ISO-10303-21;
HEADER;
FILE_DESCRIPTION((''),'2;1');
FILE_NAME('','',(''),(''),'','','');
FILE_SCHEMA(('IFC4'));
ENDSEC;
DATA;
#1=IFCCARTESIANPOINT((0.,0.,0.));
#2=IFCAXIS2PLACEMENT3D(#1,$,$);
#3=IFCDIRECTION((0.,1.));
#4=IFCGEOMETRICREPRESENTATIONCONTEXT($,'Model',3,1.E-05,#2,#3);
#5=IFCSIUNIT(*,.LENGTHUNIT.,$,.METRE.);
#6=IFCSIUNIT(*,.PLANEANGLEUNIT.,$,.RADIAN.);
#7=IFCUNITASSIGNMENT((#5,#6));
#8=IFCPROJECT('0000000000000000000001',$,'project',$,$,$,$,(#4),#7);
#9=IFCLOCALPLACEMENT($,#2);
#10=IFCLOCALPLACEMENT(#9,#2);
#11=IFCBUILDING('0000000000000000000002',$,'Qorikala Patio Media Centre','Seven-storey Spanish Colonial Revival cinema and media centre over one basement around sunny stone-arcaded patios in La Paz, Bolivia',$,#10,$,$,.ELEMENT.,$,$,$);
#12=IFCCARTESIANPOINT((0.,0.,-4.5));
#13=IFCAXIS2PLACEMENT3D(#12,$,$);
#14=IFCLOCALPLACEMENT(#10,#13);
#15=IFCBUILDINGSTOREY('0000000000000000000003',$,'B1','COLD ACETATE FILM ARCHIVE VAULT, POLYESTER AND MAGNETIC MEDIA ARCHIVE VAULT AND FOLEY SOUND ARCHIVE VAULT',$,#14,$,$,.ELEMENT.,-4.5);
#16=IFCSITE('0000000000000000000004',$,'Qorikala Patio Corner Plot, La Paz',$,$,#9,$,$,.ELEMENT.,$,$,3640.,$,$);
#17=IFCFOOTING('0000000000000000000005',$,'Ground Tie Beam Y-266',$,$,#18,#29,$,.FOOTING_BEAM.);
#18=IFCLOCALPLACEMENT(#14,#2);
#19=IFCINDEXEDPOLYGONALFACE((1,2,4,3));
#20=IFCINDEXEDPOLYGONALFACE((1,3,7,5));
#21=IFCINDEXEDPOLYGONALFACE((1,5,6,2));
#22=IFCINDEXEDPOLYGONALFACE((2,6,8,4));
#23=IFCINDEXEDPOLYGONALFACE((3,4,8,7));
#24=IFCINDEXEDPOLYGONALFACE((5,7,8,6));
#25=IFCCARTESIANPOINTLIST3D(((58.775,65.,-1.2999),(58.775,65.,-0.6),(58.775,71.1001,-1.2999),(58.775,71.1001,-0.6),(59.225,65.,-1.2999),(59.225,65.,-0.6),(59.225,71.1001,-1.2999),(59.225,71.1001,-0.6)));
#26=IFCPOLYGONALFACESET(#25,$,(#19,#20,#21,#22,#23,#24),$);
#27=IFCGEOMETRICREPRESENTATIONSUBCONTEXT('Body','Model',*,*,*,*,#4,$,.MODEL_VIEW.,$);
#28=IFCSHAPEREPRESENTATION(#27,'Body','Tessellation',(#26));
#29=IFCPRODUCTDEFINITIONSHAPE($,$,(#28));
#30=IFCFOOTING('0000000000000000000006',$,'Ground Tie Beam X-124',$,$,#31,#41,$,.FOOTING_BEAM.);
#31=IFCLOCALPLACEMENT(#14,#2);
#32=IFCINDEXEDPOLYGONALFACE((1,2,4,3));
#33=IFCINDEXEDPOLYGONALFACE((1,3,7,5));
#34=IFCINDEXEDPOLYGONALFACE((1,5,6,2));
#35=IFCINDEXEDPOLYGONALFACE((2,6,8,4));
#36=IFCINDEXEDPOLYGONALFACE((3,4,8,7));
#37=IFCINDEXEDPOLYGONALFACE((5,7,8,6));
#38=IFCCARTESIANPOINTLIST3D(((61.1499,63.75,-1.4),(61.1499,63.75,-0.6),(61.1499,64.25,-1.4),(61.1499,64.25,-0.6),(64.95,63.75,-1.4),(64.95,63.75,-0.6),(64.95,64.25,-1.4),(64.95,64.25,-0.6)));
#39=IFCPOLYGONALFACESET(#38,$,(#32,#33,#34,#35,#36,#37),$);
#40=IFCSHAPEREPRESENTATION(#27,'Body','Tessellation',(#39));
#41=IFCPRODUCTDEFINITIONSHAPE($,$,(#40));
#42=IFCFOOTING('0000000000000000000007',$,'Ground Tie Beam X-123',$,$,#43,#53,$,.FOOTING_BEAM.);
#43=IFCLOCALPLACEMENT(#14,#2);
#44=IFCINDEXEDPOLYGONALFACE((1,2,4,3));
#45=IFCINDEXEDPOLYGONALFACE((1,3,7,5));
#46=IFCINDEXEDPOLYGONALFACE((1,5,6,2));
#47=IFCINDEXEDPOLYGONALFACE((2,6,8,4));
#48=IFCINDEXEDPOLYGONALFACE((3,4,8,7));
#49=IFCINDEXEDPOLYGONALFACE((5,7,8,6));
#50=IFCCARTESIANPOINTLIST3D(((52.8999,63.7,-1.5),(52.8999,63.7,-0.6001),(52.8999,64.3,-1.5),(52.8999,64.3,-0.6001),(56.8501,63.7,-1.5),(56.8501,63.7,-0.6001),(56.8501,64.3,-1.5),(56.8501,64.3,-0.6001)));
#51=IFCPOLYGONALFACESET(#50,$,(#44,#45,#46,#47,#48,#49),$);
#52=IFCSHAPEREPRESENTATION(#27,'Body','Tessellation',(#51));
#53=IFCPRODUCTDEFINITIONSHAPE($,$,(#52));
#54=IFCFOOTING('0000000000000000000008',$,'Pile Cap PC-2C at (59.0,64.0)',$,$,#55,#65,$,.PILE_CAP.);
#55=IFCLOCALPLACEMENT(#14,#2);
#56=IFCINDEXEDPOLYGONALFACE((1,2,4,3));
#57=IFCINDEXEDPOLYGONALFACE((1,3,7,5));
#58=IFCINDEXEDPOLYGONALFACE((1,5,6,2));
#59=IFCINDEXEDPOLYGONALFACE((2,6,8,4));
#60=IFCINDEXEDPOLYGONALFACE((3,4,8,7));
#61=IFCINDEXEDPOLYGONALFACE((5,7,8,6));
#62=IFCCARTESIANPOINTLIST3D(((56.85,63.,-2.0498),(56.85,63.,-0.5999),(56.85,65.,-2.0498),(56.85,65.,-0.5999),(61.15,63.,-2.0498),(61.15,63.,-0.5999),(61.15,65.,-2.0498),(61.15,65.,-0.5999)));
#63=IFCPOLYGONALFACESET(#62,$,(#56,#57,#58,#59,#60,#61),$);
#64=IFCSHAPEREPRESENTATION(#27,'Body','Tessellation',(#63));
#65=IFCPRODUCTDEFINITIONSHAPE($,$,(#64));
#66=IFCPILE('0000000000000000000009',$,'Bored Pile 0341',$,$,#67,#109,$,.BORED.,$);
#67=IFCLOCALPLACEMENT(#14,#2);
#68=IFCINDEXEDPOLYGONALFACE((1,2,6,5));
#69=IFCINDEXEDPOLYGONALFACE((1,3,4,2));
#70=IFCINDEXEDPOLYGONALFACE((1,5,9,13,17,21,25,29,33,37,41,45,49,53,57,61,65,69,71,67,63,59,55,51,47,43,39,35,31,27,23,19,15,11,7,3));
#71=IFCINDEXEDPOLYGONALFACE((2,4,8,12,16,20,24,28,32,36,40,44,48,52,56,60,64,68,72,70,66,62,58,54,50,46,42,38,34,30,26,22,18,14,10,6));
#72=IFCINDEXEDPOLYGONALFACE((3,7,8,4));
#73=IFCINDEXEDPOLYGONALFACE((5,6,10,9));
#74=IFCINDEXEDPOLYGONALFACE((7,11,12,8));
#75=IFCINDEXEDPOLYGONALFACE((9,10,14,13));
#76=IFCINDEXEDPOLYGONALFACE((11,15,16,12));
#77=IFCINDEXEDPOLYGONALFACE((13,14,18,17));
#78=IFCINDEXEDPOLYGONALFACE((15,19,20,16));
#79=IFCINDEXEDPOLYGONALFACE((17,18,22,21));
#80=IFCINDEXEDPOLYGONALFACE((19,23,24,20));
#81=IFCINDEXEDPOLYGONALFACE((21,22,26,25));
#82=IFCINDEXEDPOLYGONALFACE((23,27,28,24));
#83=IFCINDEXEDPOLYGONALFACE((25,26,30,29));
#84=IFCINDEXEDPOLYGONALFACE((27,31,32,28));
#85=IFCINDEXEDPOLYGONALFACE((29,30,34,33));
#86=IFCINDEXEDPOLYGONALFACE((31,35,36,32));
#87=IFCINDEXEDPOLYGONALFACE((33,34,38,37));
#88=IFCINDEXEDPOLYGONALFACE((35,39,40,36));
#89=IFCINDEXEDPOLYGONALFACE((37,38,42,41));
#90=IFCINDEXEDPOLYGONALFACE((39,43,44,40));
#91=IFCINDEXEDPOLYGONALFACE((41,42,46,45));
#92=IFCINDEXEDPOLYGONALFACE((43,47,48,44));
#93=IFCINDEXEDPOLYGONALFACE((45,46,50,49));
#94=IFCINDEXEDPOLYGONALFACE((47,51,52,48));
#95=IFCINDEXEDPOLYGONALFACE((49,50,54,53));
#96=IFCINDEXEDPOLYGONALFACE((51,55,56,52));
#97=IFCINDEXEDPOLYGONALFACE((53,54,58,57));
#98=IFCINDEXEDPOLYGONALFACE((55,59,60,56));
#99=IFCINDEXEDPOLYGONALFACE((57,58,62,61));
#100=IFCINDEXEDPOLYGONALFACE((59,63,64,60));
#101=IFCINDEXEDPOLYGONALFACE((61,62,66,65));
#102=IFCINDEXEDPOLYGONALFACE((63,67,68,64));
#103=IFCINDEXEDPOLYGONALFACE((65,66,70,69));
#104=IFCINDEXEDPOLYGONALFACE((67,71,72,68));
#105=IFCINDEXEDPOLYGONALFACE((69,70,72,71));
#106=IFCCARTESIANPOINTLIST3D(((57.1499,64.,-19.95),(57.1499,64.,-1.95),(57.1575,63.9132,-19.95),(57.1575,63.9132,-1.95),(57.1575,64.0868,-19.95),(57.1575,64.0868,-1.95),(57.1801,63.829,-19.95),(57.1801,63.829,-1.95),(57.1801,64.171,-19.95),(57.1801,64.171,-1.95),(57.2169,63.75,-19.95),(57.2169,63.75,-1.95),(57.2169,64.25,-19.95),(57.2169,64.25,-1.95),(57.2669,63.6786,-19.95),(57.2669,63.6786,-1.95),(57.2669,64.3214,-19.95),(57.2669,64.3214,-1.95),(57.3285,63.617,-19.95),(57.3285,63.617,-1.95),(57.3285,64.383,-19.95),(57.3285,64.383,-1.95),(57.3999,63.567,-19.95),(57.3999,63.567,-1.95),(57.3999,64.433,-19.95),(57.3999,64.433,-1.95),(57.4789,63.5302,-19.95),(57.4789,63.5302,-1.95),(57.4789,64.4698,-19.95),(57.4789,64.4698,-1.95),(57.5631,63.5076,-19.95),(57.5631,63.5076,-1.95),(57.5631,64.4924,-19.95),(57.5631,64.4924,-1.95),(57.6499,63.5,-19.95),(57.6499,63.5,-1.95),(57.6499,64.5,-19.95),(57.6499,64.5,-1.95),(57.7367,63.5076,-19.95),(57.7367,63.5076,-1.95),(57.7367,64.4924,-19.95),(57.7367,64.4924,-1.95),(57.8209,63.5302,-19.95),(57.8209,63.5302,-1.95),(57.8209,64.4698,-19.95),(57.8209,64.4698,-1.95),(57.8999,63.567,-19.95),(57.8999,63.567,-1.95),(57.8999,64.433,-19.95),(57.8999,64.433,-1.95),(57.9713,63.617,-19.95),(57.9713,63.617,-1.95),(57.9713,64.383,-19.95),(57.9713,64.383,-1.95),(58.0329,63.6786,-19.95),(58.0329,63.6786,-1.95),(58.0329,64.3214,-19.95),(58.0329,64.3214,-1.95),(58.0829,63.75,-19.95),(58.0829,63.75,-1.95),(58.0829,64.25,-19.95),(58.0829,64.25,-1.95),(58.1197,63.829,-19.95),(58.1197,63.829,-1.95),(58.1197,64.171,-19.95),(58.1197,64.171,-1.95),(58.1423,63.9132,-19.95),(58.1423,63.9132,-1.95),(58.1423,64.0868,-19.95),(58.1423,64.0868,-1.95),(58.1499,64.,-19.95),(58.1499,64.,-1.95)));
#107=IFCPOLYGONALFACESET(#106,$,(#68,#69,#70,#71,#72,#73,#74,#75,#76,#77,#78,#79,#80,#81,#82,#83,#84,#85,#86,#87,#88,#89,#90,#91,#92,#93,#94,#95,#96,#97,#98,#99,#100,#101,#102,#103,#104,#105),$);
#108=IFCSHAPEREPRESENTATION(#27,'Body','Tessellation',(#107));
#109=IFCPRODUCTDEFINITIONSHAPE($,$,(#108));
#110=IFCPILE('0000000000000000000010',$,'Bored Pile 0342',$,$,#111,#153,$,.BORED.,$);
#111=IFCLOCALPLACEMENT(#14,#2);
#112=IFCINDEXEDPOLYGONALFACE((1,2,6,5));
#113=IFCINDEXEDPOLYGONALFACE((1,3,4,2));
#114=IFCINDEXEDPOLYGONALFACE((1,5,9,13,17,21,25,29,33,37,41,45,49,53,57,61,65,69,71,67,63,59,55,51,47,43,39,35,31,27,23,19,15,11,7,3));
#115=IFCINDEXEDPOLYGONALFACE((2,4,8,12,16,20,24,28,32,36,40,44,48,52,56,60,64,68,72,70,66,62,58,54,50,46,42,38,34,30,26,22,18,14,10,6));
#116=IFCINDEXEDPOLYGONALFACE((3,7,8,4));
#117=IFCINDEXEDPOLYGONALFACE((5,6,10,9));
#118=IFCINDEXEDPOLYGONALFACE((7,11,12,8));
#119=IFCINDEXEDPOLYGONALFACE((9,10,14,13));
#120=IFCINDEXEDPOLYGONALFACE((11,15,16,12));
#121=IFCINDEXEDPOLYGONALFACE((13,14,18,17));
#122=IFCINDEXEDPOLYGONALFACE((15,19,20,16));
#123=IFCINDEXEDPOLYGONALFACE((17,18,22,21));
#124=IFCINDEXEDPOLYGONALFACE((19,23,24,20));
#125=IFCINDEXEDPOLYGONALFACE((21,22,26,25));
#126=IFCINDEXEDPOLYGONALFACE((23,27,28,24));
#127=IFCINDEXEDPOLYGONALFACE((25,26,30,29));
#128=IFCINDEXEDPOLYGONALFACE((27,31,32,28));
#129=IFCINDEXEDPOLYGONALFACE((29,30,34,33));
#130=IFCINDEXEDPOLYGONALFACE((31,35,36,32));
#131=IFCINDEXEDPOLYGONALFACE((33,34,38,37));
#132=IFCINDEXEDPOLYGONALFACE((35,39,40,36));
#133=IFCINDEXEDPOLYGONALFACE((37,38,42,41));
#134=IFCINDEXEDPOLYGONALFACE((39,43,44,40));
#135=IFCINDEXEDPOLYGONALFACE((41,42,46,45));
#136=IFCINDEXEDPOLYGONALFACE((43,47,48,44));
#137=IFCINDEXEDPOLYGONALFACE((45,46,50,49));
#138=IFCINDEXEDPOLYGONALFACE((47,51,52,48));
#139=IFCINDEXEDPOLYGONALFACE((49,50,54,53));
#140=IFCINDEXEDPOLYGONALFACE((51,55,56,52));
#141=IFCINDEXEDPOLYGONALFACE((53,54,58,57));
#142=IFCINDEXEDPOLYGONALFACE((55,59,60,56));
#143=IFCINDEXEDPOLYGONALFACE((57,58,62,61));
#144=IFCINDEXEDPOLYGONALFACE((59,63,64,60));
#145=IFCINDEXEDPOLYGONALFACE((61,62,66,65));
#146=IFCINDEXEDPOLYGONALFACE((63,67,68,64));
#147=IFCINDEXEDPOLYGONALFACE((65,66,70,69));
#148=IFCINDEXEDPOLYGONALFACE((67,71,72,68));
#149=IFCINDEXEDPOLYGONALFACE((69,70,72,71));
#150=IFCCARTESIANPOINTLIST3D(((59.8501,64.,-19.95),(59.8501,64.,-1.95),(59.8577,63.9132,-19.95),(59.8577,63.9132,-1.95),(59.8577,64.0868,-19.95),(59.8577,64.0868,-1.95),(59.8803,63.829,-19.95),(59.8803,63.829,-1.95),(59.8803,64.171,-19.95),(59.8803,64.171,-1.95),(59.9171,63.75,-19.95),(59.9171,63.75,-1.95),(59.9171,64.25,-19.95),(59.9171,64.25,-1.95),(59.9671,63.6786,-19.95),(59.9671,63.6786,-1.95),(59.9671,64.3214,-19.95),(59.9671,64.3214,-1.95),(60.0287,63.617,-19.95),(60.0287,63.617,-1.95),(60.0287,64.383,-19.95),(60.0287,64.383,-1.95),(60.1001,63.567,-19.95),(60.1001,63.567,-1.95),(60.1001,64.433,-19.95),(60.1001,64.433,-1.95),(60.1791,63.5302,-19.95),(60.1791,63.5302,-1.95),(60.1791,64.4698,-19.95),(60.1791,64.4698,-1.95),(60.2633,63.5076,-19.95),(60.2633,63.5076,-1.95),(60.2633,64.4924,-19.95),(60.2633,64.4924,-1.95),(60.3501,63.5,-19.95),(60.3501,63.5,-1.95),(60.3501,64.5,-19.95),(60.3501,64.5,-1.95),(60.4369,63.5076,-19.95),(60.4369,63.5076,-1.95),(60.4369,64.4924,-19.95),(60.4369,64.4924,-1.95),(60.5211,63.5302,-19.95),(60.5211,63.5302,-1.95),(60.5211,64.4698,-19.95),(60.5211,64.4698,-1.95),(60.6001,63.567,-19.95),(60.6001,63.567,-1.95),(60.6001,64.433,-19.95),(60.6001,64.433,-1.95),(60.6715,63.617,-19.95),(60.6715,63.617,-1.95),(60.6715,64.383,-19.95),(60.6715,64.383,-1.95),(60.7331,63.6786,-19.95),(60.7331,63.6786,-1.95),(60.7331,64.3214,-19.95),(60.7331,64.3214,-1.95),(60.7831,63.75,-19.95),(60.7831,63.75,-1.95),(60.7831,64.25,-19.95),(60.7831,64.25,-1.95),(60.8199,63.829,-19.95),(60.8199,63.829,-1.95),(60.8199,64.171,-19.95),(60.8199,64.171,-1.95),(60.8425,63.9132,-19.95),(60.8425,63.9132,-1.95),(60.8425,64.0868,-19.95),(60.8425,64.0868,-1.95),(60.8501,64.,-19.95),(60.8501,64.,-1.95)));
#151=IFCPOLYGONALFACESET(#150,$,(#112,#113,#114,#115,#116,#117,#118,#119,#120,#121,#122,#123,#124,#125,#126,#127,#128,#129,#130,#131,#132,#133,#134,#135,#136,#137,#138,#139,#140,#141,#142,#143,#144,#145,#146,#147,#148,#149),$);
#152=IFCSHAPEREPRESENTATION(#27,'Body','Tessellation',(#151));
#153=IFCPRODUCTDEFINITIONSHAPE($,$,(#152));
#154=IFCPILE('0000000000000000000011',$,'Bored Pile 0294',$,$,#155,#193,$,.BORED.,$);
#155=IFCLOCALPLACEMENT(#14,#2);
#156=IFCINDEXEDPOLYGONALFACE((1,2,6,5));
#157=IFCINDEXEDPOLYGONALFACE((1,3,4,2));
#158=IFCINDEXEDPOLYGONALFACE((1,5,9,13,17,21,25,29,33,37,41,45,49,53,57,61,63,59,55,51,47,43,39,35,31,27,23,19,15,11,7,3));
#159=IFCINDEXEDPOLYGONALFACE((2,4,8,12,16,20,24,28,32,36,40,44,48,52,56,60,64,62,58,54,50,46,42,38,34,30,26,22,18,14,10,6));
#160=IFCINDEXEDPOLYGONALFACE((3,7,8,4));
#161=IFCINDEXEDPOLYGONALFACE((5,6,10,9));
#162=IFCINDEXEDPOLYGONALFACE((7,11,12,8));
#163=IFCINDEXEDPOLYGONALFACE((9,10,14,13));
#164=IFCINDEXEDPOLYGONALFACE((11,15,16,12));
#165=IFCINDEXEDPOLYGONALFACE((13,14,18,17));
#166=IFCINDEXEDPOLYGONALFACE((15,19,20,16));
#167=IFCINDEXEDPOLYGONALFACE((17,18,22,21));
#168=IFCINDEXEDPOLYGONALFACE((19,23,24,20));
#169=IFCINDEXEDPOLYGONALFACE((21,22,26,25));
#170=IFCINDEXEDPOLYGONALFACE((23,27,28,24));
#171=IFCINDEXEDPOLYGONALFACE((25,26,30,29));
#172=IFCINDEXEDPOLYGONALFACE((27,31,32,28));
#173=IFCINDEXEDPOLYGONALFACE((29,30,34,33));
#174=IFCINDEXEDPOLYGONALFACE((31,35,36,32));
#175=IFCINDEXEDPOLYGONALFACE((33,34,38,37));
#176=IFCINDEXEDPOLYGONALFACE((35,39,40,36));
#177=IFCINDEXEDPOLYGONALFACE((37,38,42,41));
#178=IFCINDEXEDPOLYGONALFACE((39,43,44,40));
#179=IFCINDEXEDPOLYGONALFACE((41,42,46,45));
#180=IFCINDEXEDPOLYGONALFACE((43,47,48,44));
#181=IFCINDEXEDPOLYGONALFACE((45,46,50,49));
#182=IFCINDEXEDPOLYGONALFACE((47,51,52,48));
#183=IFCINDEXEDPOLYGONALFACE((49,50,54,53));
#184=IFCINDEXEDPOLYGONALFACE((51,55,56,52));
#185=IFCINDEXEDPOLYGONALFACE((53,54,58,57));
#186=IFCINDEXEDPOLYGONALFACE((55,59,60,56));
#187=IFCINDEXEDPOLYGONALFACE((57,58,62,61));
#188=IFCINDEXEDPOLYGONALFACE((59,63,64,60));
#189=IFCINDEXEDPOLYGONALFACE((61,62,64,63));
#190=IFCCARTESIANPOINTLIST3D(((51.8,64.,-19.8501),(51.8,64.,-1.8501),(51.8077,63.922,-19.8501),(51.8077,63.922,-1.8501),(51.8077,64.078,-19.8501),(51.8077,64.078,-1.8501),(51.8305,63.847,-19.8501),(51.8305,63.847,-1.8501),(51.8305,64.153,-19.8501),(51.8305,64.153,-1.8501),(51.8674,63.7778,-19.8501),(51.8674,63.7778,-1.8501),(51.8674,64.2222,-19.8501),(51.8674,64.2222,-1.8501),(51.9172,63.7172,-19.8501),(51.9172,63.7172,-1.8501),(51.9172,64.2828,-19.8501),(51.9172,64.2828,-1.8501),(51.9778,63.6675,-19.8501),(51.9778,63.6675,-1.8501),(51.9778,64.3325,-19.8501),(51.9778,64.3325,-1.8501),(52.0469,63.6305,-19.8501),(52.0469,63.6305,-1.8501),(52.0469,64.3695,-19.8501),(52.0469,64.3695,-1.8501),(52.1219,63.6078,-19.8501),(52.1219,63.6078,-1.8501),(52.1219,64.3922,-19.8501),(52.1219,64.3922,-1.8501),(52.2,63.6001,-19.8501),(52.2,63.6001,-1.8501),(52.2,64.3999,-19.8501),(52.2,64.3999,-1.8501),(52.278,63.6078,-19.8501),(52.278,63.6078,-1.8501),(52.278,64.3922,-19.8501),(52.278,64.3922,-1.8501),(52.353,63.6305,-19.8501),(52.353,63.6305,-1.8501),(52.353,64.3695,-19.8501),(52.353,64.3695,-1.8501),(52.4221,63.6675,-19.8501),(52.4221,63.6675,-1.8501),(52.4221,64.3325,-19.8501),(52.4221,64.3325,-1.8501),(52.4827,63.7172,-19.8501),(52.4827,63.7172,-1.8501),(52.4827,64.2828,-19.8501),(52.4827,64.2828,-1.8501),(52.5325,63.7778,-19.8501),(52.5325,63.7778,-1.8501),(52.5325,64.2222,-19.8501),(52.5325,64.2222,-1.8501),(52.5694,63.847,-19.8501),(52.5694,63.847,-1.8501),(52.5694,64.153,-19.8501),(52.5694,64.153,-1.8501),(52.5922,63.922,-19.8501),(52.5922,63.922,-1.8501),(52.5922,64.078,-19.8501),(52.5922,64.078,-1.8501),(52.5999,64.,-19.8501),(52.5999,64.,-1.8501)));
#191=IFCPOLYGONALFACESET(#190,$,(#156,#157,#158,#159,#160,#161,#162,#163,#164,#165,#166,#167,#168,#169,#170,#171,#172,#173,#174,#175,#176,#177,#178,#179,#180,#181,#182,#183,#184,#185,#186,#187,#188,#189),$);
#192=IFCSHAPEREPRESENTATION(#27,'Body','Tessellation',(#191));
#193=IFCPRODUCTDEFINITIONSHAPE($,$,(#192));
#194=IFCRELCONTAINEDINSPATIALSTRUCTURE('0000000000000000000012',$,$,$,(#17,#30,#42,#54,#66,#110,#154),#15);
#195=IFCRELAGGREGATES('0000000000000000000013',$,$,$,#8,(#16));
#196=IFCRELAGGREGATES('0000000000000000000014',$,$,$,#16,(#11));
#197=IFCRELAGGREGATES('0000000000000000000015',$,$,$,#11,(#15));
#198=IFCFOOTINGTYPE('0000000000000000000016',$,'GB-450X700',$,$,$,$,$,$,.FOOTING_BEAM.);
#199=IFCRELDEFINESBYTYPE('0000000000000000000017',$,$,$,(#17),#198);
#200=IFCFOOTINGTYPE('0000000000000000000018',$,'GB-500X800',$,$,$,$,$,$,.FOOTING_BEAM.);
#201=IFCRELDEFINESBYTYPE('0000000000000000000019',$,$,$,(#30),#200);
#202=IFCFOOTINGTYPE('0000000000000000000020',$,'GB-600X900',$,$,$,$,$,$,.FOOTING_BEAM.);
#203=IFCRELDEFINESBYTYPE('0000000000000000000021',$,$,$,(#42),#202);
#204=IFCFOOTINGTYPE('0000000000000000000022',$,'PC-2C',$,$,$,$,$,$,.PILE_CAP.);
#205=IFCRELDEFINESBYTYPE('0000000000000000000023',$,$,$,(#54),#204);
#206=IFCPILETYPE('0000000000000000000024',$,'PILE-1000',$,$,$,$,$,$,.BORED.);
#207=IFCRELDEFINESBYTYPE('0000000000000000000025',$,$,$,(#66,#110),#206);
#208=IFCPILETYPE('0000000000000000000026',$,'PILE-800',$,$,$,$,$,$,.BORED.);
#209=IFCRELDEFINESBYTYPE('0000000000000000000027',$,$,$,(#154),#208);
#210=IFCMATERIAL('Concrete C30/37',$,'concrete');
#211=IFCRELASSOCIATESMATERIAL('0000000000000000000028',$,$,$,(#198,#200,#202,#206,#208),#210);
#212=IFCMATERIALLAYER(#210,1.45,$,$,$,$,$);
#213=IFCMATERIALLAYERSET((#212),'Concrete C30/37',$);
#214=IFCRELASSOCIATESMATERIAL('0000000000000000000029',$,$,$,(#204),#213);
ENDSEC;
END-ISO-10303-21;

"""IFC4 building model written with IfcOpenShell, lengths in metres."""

from ifc_helpers import new_model, si_unit, direction, frame, origin, origin_2d, place, context, subcontext, project, spatial, rectangle, circle, extrude, material, layer, layer_set, material_profile, profile_set, type_object, element, save


model = new_model("IFC4")

# Units and contexts
model_context = context("Model", 3, precision=1e-05, world=origin(), true_north=direction((0.0, 1.0)))
body_context = subcontext(model_context, "Body", "Model", "MODEL_VIEW")
ifc_project = project(units=[si_unit("LENGTHUNIT", "METRE"), si_unit("PLANEANGLEUNIT", "RADIAN")], contexts=[model_context])

# Site, building, storey
site_placement = place(None, origin())
site = spatial("IfcSite", under=ifc_project, at=site_placement, Name="Qorikala Patio Corner Plot, La Paz", CompositionType="ELEMENT", RefElevation=3640.0)
building_placement = place(site_placement, origin())
building = spatial("IfcBuilding", under=site, at=building_placement, Name="Qorikala Patio Media Centre", Description="Seven-storey Spanish Colonial Revival cinema and media centre over one basement around sunny stone-arcaded patios in La Paz, Bolivia", CompositionType="ELEMENT")
storey_placement = place(building_placement, frame((0.0, 0.0, -4.5)))
storey = spatial("IfcBuildingStorey", under=building, at=storey_placement, Name="B1", Description="COLD ACETATE FILM ARCHIVE VAULT, POLYESTER AND MAGNETIC MEDIA ARCHIVE VAULT AND FOLEY SOUND ARCHIVE VAULT", CompositionType="ELEMENT", Elevation=-4.5)

# Footings
ifc_material_1 = material(Name="Concrete C30/37", Category="concrete")
ifc_material_profile_1 = material_profile(ifc_material_1, rectangle(XDim=0.45, YDim=0.7, at=origin_2d()), Name="RC 450x700")
ifc_profile_set_1 = profile_set([ifc_material_profile_1], Name="Concrete C30/37")
footing_type_1 = type_object("IfcFootingType", Name="GB-450X700", PredefinedType="FOOTING_BEAM", material=ifc_profile_set_1)
footing_1_placement = place(storey_placement, frame((59.0, 65.0, -0.95), z_axis=(0.0, 1.0, 0.0), x_axis=(-1.0, 0.0, 0.0)))
element("IfcFooting", 1, at=footing_1_placement, inside=storey, type_object=footing_type_1, Name="Ground Tie Beam Y-266", PredefinedType="FOOTING_BEAM", context=body_context, shape_type="SweptSolid", body=[
    extrude(rectangle(XDim=0.45, YDim=0.7, at=origin_2d()), origin(), (0.0, 0.0, 1.0), 6.1001),
])
ifc_material_profile_2 = material_profile(ifc_material_1, rectangle(XDim=0.5, YDim=0.8, at=origin_2d()), Name="RC 500x800")
ifc_profile_set_2 = profile_set([ifc_material_profile_2], Name="Concrete C30/37")
footing_type_2 = type_object("IfcFootingType", Name="GB-500X800", PredefinedType="FOOTING_BEAM", material=ifc_profile_set_2)
footing_2_placement = place(storey_placement, frame((61.1499, 64.0, -1.0), z_axis=(1.0, 0.0, 0.0), x_axis=(0.0, 1.0, 0.0)))
element("IfcFooting", 2, at=footing_2_placement, inside=storey, type_object=footing_type_2, Name="Ground Tie Beam X-124", PredefinedType="FOOTING_BEAM", context=body_context, shape_type="SweptSolid", body=[
    extrude(rectangle(XDim=0.5, YDim=0.8, at=origin_2d()), origin(), (0.0, 0.0, 1.0), 3.8),
])
ifc_material_profile_3 = material_profile(ifc_material_1, rectangle(XDim=0.6001, YDim=0.8999, at=origin_2d()), Name="RC 600x900")
ifc_profile_set_3 = profile_set([ifc_material_profile_3], Name="Concrete C30/37")
footing_type_3 = type_object("IfcFootingType", Name="GB-600X900", PredefinedType="FOOTING_BEAM", material=ifc_profile_set_3)
footing_3_placement = place(storey_placement, frame((52.8999, 64.0, -1.05), z_axis=(1.0, 0.0, 0.0), x_axis=(0.0, 1.0, 0.0)))
element("IfcFooting", 3, at=footing_3_placement, inside=storey, type_object=footing_type_3, Name="Ground Tie Beam X-123", PredefinedType="FOOTING_BEAM", context=body_context, shape_type="SweptSolid", body=[
    extrude(rectangle(XDim=0.6001, YDim=0.8999, at=origin_2d()), origin(), (0.0, 0.0, 1.0), 3.9502),
])
ifc_layer_1 = layer(ifc_material_1, 1.45)
ifc_layer_set_1 = layer_set([ifc_layer_1], Name="Concrete C30/37")
footing_type_4 = type_object("IfcFootingType", Name="PC-2C", PredefinedType="PILE_CAP", material=ifc_layer_set_1)
footing_4_placement = place(storey_placement, frame((59.0, 64.0, -2.0498), z_axis=(0.0, 0.0, 1.0), x_axis=(1.0, 0.0, 0.0)))
element("IfcFooting", 4, at=footing_4_placement, inside=storey, type_object=footing_type_4, Name="Pile Cap PC-2C at (59.0,64.0)", PredefinedType="PILE_CAP", context=body_context, shape_type="SweptSolid", body=[
    extrude(rectangle(XDim=4.3, YDim=2.0, at=origin_2d()), origin(), (0.0, 0.0, 1.0), 1.45),
])

# Piles
ifc_material_profile_4 = material_profile(ifc_material_1, circle(Radius=0.5, at=origin_2d()), Name="BORED PILE 1000")
ifc_profile_set_4 = profile_set([ifc_material_profile_4], Name="Concrete C30/37")
pile_type_1 = type_object("IfcPileType", Name="PILE-1000", PredefinedType="BORED", material=ifc_profile_set_4)
for number, where, z_axis, x_axis, name in (
    (5, (57.6499, 64.0, -1.95), (0.0, 0.0, -1.0), (1.0, 0.0, 0.0), "Bored Pile 0341"),
    (6, (60.3501, 64.0, -1.95), (0.0, 0.0, -1.0), (1.0, 0.0, 0.0), "Bored Pile 0342"),
):
    element("IfcPile", number, at=place(storey_placement, frame(where, z_axis=z_axis, x_axis=x_axis)), inside=storey, type_object=pile_type_1, Name=name, PredefinedType="BORED", context=body_context, shape_type="SweptSolid", body=[
        extrude(circle(Radius=0.5, at=origin_2d()), origin(), (0.0, 0.0, 1.0), 18.0),
    ])
ifc_material_profile_5 = material_profile(ifc_material_1, circle(Radius=0.3999, at=origin_2d()), Name="BORED PILE 800")
ifc_profile_set_5 = profile_set([ifc_material_profile_5], Name="Concrete C30/37")
pile_type_2 = type_object("IfcPileType", Name="PILE-800", PredefinedType="BORED", material=ifc_profile_set_5)
pile_placement = place(storey_placement, frame((52.2, 64.0, -1.8501), z_axis=(0.0, 0.0, -1.0), x_axis=(1.0, 0.0, 0.0)))
element("IfcPile", 7, at=pile_placement, inside=storey, type_object=pile_type_2, Name="Bored Pile 0294", PredefinedType="BORED", context=body_context, shape_type="SweptSolid", body=[
    extrude(circle(Radius=0.3999, at=origin_2d()), origin(), (0.0, 0.0, 1.0), 18.0),
])

save(model, "model.ifc")
